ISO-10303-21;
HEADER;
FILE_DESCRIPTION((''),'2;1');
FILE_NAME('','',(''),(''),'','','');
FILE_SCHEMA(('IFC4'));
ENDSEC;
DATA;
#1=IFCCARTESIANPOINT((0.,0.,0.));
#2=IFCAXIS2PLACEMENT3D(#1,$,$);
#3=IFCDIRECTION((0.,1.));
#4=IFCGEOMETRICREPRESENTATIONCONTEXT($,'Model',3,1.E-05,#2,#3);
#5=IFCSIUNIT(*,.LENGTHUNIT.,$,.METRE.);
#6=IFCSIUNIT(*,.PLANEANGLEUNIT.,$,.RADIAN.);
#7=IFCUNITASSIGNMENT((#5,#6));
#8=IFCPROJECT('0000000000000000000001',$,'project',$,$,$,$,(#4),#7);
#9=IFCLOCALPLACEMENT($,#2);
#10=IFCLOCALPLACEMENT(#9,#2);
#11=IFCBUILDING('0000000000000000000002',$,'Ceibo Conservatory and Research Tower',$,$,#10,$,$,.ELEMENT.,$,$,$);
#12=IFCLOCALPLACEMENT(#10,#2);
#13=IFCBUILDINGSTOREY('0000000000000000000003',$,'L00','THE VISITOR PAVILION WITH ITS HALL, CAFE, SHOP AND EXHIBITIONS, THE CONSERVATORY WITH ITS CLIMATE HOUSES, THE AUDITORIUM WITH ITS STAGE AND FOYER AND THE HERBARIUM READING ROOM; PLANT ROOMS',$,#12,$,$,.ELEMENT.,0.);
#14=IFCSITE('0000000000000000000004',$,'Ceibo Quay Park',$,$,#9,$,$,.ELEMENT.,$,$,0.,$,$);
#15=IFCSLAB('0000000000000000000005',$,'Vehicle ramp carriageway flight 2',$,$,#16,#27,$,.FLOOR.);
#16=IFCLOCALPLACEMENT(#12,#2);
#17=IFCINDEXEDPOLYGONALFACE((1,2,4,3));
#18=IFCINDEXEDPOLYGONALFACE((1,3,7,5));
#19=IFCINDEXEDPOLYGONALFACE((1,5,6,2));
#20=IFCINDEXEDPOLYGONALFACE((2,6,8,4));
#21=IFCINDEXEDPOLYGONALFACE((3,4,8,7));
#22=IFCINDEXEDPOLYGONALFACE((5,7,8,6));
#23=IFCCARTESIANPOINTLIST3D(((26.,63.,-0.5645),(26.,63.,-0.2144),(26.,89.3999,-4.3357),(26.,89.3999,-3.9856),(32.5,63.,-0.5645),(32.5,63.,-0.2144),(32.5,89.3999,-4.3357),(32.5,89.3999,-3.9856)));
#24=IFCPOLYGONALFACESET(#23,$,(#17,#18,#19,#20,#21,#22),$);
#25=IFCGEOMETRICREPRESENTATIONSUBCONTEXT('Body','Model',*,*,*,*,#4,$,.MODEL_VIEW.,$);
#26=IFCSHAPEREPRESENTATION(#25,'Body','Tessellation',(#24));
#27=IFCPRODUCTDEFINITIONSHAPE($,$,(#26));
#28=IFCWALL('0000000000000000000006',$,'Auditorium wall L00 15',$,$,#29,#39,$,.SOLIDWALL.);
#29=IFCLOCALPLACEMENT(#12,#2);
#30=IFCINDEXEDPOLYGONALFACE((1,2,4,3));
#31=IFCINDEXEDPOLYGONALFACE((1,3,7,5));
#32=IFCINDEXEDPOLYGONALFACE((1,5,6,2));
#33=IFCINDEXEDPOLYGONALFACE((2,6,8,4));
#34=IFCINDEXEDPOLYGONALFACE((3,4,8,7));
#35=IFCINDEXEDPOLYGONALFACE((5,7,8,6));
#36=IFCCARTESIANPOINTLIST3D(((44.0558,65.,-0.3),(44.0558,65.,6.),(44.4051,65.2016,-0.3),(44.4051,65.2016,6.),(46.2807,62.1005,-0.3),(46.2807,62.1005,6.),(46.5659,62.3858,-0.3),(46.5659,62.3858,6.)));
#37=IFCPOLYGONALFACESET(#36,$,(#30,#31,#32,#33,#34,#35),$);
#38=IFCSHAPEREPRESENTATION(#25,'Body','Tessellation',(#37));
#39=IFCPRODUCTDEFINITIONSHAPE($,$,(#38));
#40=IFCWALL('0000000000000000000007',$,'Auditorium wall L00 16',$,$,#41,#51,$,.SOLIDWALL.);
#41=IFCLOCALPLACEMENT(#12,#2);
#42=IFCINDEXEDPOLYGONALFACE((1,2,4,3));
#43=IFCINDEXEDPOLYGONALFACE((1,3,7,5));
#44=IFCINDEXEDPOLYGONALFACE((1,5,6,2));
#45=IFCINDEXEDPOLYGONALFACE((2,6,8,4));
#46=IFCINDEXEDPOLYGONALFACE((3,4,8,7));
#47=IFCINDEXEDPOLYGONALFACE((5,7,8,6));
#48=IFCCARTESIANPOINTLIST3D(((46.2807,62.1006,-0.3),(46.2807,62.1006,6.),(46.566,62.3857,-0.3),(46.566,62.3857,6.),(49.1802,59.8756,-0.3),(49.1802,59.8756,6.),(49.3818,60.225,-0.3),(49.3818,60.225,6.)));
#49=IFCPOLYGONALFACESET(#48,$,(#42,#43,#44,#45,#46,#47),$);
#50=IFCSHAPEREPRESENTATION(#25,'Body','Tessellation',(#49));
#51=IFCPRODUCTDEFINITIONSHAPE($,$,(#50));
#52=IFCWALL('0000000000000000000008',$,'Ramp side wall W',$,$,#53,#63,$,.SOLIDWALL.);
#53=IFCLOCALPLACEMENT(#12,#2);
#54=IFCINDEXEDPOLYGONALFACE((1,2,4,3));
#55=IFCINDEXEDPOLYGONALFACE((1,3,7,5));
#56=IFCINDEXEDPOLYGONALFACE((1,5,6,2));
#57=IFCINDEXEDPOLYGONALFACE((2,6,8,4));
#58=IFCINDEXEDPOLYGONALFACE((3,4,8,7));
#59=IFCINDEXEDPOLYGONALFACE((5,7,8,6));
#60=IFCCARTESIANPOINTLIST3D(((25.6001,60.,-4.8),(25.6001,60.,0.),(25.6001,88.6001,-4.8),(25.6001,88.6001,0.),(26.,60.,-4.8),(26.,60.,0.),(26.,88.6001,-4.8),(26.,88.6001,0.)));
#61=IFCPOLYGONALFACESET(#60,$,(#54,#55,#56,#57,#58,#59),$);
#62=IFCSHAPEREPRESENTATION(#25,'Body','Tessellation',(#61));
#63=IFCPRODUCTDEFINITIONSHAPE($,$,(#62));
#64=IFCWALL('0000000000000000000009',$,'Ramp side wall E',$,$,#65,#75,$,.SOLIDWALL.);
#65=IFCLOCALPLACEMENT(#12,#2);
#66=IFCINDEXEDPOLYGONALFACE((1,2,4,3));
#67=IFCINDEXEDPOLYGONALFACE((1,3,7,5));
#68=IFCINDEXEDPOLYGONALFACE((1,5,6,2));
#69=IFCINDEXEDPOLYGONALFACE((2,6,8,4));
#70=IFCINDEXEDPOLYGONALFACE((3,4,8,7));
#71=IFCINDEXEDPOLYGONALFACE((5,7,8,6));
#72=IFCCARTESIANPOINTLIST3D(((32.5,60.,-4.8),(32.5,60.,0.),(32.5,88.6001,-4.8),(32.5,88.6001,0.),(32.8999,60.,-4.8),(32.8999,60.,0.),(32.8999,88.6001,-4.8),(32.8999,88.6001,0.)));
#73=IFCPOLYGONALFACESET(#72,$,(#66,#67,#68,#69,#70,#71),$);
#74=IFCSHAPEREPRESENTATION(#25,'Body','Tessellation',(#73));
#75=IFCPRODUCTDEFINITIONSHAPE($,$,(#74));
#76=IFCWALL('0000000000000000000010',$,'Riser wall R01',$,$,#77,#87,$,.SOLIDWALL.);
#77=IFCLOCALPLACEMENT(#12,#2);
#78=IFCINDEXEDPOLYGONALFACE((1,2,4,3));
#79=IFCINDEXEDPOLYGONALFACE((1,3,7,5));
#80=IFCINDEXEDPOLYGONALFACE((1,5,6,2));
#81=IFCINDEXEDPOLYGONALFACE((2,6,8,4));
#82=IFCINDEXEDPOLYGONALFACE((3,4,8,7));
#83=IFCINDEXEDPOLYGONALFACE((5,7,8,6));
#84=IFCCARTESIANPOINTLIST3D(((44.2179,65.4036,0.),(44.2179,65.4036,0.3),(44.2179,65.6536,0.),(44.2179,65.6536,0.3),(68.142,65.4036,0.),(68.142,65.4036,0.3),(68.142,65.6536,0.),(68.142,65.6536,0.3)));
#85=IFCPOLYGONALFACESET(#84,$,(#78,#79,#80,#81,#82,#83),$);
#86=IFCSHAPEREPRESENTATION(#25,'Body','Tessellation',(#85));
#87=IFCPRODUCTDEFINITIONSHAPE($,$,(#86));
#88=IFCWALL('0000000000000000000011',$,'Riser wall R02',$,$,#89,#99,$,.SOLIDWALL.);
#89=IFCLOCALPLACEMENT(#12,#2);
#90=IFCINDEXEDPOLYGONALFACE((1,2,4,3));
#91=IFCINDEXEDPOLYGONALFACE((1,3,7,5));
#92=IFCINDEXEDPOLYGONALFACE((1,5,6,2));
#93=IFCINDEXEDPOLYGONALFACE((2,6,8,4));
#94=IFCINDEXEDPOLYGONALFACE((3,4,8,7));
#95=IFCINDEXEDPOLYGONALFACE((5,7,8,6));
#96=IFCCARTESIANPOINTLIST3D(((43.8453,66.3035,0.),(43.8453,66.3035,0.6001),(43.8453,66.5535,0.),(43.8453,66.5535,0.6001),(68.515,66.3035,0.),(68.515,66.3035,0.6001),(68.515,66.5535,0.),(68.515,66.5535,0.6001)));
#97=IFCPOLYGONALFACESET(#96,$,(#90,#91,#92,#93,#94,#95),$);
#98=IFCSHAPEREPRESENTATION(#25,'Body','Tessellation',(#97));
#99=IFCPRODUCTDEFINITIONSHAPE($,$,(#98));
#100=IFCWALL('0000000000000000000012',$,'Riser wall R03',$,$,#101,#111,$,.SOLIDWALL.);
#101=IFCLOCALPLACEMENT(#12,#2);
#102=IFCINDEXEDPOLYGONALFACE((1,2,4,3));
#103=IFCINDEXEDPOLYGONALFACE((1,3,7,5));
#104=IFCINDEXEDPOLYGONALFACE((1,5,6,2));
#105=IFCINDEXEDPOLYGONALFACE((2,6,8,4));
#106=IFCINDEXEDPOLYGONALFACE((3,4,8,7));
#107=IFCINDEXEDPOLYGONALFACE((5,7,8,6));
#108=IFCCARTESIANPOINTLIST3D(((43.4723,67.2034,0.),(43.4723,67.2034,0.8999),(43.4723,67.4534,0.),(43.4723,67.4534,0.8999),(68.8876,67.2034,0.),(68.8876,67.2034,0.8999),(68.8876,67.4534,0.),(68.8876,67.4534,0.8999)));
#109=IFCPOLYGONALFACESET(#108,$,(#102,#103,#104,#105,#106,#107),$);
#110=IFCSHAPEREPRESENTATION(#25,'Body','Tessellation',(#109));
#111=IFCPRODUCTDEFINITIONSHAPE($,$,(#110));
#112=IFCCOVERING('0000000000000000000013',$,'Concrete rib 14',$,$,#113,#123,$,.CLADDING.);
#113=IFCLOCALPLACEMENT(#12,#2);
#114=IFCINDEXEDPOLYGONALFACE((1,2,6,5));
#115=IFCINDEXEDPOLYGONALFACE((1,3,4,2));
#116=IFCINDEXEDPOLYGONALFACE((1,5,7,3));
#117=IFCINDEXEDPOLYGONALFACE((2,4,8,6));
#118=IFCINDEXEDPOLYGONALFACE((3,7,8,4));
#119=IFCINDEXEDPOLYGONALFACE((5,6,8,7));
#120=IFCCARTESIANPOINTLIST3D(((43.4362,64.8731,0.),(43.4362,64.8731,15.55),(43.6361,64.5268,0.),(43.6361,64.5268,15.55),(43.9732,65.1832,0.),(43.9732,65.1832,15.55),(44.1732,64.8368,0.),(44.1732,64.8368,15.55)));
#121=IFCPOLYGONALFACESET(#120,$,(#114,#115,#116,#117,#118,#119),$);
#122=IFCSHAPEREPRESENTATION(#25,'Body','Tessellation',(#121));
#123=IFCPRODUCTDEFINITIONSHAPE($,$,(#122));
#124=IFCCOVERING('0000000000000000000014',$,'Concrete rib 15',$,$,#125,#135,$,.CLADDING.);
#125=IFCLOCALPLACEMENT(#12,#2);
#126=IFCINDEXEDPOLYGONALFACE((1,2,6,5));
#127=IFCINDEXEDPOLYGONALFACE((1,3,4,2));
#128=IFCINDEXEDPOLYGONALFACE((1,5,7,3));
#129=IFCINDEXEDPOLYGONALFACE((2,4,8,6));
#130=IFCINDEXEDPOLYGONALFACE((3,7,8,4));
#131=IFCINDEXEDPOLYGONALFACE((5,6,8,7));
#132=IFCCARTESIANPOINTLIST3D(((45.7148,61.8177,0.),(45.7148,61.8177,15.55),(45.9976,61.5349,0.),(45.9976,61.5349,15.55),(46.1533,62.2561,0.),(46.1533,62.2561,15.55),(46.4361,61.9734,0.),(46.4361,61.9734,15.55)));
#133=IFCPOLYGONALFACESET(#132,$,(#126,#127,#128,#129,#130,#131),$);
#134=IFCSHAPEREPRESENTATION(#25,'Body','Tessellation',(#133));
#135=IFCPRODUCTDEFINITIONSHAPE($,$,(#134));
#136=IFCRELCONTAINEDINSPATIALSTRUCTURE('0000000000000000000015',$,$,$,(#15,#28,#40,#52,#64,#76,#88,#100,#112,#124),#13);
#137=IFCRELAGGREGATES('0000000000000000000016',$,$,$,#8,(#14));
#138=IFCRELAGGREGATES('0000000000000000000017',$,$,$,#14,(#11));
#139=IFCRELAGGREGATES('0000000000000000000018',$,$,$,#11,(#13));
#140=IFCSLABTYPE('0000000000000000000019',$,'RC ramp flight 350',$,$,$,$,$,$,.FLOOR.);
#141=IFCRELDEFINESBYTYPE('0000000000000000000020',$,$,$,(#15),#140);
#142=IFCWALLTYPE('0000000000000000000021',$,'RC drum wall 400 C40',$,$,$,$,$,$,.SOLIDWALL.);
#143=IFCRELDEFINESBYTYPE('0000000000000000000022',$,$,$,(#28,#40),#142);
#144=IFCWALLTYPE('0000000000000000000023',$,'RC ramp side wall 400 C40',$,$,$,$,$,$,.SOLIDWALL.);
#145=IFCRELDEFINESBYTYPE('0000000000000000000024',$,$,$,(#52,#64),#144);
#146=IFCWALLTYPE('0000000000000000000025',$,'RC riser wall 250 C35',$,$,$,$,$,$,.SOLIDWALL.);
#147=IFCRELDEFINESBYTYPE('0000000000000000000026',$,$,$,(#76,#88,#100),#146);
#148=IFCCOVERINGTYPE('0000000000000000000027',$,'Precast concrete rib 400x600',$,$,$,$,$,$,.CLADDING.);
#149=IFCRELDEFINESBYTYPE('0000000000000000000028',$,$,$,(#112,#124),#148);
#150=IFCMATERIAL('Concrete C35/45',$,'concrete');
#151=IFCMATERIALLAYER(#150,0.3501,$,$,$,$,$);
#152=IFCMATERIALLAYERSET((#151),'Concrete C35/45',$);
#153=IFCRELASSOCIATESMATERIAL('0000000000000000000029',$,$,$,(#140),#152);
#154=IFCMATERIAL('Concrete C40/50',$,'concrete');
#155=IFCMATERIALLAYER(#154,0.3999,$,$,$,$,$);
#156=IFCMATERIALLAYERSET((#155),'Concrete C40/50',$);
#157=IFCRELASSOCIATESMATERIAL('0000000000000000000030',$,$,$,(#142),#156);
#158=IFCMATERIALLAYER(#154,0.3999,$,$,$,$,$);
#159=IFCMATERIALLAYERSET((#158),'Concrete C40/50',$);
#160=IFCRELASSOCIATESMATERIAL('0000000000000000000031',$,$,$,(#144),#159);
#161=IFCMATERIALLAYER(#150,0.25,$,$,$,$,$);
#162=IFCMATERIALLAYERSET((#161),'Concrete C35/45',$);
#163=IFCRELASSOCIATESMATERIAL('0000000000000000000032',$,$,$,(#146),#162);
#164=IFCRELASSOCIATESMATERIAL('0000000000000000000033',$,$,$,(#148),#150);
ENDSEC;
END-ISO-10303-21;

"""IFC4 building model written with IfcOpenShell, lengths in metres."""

from ifc_helpers import new_model, si_unit, direction, frame, frame_2d, origin, origin_2d, place, context, subcontext, project, spatial, polyline, rectangle, outline, extrude, material, layer, layer_set, type_object, element, save


model = new_model("IFC4")

# Units and contexts
model_context = context("Model", 3, precision=1e-05, world=origin(), true_north=direction((0.0, 1.0)))
body_context = subcontext(model_context, "Body", "Model", "MODEL_VIEW")
ifc_project = project(units=[si_unit("LENGTHUNIT", "METRE"), si_unit("PLANEANGLEUNIT", "RADIAN")], contexts=[model_context])

# Site, building, storey
site_placement = place(None, origin())
site = spatial("IfcSite", under=ifc_project, at=site_placement, Name="Ceibo Quay Park", CompositionType="ELEMENT", RefElevation=0.0)
building_placement = place(site_placement, origin())
building = spatial("IfcBuilding", under=site, at=building_placement, Name="Ceibo Conservatory and Research Tower", CompositionType="ELEMENT")
storey_placement = place(building_placement, origin())
storey = spatial("IfcBuildingStorey", under=building, at=storey_placement, Name="L00", Description="THE VISITOR PAVILION WITH ITS HALL, CAFE, SHOP AND EXHIBITIONS, THE CONSERVATORY WITH ITS CLIMATE HOUSES, THE AUDITORIUM WITH ITS STAGE AND FOYER AND THE HERBARIUM READING ROOM; PLANT ROOMS", CompositionType="ELEMENT", Elevation=0.0)

# Shared definitions
ifc_material_1 = material(Name="Concrete C35/45", Category="concrete")

# Shared definitions
ifc_material_2 = material(Name="Concrete C40/50", Category="concrete")

# Slab
ifc_layer_1 = layer(ifc_material_1, 0.3501)
ifc_layer_set_1 = layer_set([ifc_layer_1], Name="Concrete C35/45")
slab_type = type_object("IfcSlabType", Name="RC ramp flight 350", PredefinedType="FLOOR", material=ifc_layer_set_1)
slab_1_placement = place(storey_placement, frame((26.0, 63.0, -0.2144), z_axis=(0.0, 0.141415, 0.98995), x_axis=(1.0, 0.0, 0.0)))
element("IfcSlab", 1, at=slab_1_placement, inside=storey, type_object=slab_type, Name="Vehicle ramp carriageway flight 2", PredefinedType="FLOOR", context=body_context, shape_type="SweptSolid", body=[
    extrude(outline(polyline([(0.0, 0.0), (6.5, 0.0), (6.5, 26.6679), (0.0, 26.6679), (0.0, 0.0)])), origin(), (0.0, 0.141415, -0.98995), 0.3501),
])

# Walls
ifc_layer_2 = layer(ifc_material_2, 0.3999)
ifc_layer_set_2 = layer_set([ifc_layer_2], Name="Concrete C40/50")
wall_type_1 = type_object("IfcWallType", Name="RC drum wall 400 C40", PredefinedType="SOLIDWALL", material=ifc_layer_set_2)
for number, where, z_axis, x_axis, name in (
    (2, (44.2305, 65.1008, -0.3), (0.0, 0.0, 1.0), (0.60878, -0.793339, 0.0), "Auditorium wall L00 15"),
    (3, (46.4233, 62.2432, -0.3), (0.0, 0.0, 1.0), (0.793339, -0.60878, 0.0), "Auditorium wall L00 16"),
):
    element("IfcWall", number, at=place(storey_placement, frame(where, z_axis=z_axis, x_axis=x_axis)), inside=storey, type_object=wall_type_1, Name=name, PredefinedType="SOLIDWALL", context=body_context, shape_type="SweptSolid", body=[
        extrude(outline(polyline([(-0.0264, -0.2), (3.6284, -0.2), (3.5757, 0.2), (0.0264, 0.2), (-0.0264, -0.2)])), origin(), (0.0, 0.0, 1.0), 6.3),
    ])
ifc_layer_3 = layer(ifc_material_2, 0.3999)
ifc_layer_set_3 = layer_set([ifc_layer_3], Name="Concrete C40/50")
wall_type_2 = type_object("IfcWallType", Name="RC ramp side wall 400 C40", PredefinedType="SOLIDWALL", material=ifc_layer_set_3)
for number, where, z_axis, x_axis, name in (
    (4, (25.8, 60.0, -4.8), (0.0, 0.0, 1.0), (0.0, 1.0, 0.0), "Ramp side wall W"),
    (5, (32.7, 60.0, -4.8), (0.0, 0.0, 1.0), (0.0, 1.0, 0.0), "Ramp side wall E"),
):
    element("IfcWall", number, at=place(storey_placement, frame(where, z_axis=z_axis, x_axis=x_axis)), inside=storey, type_object=wall_type_2, Name=name, PredefinedType="SOLIDWALL", context=body_context, shape_type="SweptSolid", body=[
        extrude(rectangle(XDim=28.6001, YDim=0.3999, at=frame_2d((14.3, 0.0))), origin(), (0.0, 0.0, 1.0), 4.8),
    ])
ifc_layer_4 = layer(ifc_material_1, 0.25)
ifc_layer_set_4 = layer_set([ifc_layer_4], Name="Concrete C35/45")
wall_type_3 = type_object("IfcWallType", Name="RC riser wall 250 C35", PredefinedType="SOLIDWALL", material=ifc_layer_set_4)
wall_1_placement = place(storey_placement, frame((44.218, 65.5286, 0.0), z_axis=(0.0, 0.0, 1.0), x_axis=(1.0, 0.0, 0.0)))
element("IfcWall", 6, at=wall_1_placement, inside=storey, type_object=wall_type_3, Name="Riser wall R01", PredefinedType="SOLIDWALL", context=body_context, shape_type="SweptSolid", body=[
    extrude(rectangle(XDim=23.9241, YDim=0.25, at=frame_2d((11.9619, 0.0))), origin(), (0.0, 0.0, 1.0), 0.3),
])
wall_2_placement = place(storey_placement, frame((43.8452, 66.4285, 0.0), z_axis=(0.0, 0.0, 1.0), x_axis=(1.0, 0.0, 0.0)))
element("IfcWall", 7, at=wall_2_placement, inside=storey, type_object=wall_type_3, Name="Riser wall R02", PredefinedType="SOLIDWALL", context=body_context, shape_type="SweptSolid", body=[
    extrude(rectangle(XDim=24.6697, YDim=0.25, at=frame_2d((12.335, 0.0))), origin(), (0.0, 0.0, 1.0), 0.6001),
])
wall_3_placement = place(storey_placement, frame((43.4724, 67.3284, 0.0), z_axis=(0.0, 0.0, 1.0), x_axis=(1.0, 0.0, 0.0)))
element("IfcWall", 8, at=wall_3_placement, inside=storey, type_object=wall_type_3, Name="Riser wall R03", PredefinedType="SOLIDWALL", context=body_context, shape_type="SweptSolid", body=[
    extrude(rectangle(XDim=25.4153, YDim=0.25, at=frame_2d((12.7075, 0.0))), origin(), (0.0, 0.0, 1.0), 0.8999),
])

# Coverings
covering_type = type_object("IfcCoveringType", Name="Precast concrete rib 400x600", PredefinedType="CLADDING", material=ifc_material_1)
for number, where, z_axis, x_axis, name in (
    (9, (43.8047, 64.855, 0.0), (0.0, 0.0, 1.0), (-0.866025, -0.5, 0.0), "Concrete rib 14"),
    (10, (46.0754, 61.8955, 0.0), (0.0, 0.0, 1.0), (-0.707107, -0.707107, 0.0), "Concrete rib 15"),
):
    element("IfcCovering", number, at=place(storey_placement, frame(where, z_axis=z_axis, x_axis=x_axis)), inside=storey, type_object=covering_type, Name=name, PredefinedType="CLADDING", context=body_context, shape_type="SweptSolid", body=[
        extrude(rectangle(XDim=0.6201, YDim=0.3999, at=origin_2d()), origin(), (0.0, 0.0, 1.0), 15.55),
    ])

save(model, "model.ifc")
